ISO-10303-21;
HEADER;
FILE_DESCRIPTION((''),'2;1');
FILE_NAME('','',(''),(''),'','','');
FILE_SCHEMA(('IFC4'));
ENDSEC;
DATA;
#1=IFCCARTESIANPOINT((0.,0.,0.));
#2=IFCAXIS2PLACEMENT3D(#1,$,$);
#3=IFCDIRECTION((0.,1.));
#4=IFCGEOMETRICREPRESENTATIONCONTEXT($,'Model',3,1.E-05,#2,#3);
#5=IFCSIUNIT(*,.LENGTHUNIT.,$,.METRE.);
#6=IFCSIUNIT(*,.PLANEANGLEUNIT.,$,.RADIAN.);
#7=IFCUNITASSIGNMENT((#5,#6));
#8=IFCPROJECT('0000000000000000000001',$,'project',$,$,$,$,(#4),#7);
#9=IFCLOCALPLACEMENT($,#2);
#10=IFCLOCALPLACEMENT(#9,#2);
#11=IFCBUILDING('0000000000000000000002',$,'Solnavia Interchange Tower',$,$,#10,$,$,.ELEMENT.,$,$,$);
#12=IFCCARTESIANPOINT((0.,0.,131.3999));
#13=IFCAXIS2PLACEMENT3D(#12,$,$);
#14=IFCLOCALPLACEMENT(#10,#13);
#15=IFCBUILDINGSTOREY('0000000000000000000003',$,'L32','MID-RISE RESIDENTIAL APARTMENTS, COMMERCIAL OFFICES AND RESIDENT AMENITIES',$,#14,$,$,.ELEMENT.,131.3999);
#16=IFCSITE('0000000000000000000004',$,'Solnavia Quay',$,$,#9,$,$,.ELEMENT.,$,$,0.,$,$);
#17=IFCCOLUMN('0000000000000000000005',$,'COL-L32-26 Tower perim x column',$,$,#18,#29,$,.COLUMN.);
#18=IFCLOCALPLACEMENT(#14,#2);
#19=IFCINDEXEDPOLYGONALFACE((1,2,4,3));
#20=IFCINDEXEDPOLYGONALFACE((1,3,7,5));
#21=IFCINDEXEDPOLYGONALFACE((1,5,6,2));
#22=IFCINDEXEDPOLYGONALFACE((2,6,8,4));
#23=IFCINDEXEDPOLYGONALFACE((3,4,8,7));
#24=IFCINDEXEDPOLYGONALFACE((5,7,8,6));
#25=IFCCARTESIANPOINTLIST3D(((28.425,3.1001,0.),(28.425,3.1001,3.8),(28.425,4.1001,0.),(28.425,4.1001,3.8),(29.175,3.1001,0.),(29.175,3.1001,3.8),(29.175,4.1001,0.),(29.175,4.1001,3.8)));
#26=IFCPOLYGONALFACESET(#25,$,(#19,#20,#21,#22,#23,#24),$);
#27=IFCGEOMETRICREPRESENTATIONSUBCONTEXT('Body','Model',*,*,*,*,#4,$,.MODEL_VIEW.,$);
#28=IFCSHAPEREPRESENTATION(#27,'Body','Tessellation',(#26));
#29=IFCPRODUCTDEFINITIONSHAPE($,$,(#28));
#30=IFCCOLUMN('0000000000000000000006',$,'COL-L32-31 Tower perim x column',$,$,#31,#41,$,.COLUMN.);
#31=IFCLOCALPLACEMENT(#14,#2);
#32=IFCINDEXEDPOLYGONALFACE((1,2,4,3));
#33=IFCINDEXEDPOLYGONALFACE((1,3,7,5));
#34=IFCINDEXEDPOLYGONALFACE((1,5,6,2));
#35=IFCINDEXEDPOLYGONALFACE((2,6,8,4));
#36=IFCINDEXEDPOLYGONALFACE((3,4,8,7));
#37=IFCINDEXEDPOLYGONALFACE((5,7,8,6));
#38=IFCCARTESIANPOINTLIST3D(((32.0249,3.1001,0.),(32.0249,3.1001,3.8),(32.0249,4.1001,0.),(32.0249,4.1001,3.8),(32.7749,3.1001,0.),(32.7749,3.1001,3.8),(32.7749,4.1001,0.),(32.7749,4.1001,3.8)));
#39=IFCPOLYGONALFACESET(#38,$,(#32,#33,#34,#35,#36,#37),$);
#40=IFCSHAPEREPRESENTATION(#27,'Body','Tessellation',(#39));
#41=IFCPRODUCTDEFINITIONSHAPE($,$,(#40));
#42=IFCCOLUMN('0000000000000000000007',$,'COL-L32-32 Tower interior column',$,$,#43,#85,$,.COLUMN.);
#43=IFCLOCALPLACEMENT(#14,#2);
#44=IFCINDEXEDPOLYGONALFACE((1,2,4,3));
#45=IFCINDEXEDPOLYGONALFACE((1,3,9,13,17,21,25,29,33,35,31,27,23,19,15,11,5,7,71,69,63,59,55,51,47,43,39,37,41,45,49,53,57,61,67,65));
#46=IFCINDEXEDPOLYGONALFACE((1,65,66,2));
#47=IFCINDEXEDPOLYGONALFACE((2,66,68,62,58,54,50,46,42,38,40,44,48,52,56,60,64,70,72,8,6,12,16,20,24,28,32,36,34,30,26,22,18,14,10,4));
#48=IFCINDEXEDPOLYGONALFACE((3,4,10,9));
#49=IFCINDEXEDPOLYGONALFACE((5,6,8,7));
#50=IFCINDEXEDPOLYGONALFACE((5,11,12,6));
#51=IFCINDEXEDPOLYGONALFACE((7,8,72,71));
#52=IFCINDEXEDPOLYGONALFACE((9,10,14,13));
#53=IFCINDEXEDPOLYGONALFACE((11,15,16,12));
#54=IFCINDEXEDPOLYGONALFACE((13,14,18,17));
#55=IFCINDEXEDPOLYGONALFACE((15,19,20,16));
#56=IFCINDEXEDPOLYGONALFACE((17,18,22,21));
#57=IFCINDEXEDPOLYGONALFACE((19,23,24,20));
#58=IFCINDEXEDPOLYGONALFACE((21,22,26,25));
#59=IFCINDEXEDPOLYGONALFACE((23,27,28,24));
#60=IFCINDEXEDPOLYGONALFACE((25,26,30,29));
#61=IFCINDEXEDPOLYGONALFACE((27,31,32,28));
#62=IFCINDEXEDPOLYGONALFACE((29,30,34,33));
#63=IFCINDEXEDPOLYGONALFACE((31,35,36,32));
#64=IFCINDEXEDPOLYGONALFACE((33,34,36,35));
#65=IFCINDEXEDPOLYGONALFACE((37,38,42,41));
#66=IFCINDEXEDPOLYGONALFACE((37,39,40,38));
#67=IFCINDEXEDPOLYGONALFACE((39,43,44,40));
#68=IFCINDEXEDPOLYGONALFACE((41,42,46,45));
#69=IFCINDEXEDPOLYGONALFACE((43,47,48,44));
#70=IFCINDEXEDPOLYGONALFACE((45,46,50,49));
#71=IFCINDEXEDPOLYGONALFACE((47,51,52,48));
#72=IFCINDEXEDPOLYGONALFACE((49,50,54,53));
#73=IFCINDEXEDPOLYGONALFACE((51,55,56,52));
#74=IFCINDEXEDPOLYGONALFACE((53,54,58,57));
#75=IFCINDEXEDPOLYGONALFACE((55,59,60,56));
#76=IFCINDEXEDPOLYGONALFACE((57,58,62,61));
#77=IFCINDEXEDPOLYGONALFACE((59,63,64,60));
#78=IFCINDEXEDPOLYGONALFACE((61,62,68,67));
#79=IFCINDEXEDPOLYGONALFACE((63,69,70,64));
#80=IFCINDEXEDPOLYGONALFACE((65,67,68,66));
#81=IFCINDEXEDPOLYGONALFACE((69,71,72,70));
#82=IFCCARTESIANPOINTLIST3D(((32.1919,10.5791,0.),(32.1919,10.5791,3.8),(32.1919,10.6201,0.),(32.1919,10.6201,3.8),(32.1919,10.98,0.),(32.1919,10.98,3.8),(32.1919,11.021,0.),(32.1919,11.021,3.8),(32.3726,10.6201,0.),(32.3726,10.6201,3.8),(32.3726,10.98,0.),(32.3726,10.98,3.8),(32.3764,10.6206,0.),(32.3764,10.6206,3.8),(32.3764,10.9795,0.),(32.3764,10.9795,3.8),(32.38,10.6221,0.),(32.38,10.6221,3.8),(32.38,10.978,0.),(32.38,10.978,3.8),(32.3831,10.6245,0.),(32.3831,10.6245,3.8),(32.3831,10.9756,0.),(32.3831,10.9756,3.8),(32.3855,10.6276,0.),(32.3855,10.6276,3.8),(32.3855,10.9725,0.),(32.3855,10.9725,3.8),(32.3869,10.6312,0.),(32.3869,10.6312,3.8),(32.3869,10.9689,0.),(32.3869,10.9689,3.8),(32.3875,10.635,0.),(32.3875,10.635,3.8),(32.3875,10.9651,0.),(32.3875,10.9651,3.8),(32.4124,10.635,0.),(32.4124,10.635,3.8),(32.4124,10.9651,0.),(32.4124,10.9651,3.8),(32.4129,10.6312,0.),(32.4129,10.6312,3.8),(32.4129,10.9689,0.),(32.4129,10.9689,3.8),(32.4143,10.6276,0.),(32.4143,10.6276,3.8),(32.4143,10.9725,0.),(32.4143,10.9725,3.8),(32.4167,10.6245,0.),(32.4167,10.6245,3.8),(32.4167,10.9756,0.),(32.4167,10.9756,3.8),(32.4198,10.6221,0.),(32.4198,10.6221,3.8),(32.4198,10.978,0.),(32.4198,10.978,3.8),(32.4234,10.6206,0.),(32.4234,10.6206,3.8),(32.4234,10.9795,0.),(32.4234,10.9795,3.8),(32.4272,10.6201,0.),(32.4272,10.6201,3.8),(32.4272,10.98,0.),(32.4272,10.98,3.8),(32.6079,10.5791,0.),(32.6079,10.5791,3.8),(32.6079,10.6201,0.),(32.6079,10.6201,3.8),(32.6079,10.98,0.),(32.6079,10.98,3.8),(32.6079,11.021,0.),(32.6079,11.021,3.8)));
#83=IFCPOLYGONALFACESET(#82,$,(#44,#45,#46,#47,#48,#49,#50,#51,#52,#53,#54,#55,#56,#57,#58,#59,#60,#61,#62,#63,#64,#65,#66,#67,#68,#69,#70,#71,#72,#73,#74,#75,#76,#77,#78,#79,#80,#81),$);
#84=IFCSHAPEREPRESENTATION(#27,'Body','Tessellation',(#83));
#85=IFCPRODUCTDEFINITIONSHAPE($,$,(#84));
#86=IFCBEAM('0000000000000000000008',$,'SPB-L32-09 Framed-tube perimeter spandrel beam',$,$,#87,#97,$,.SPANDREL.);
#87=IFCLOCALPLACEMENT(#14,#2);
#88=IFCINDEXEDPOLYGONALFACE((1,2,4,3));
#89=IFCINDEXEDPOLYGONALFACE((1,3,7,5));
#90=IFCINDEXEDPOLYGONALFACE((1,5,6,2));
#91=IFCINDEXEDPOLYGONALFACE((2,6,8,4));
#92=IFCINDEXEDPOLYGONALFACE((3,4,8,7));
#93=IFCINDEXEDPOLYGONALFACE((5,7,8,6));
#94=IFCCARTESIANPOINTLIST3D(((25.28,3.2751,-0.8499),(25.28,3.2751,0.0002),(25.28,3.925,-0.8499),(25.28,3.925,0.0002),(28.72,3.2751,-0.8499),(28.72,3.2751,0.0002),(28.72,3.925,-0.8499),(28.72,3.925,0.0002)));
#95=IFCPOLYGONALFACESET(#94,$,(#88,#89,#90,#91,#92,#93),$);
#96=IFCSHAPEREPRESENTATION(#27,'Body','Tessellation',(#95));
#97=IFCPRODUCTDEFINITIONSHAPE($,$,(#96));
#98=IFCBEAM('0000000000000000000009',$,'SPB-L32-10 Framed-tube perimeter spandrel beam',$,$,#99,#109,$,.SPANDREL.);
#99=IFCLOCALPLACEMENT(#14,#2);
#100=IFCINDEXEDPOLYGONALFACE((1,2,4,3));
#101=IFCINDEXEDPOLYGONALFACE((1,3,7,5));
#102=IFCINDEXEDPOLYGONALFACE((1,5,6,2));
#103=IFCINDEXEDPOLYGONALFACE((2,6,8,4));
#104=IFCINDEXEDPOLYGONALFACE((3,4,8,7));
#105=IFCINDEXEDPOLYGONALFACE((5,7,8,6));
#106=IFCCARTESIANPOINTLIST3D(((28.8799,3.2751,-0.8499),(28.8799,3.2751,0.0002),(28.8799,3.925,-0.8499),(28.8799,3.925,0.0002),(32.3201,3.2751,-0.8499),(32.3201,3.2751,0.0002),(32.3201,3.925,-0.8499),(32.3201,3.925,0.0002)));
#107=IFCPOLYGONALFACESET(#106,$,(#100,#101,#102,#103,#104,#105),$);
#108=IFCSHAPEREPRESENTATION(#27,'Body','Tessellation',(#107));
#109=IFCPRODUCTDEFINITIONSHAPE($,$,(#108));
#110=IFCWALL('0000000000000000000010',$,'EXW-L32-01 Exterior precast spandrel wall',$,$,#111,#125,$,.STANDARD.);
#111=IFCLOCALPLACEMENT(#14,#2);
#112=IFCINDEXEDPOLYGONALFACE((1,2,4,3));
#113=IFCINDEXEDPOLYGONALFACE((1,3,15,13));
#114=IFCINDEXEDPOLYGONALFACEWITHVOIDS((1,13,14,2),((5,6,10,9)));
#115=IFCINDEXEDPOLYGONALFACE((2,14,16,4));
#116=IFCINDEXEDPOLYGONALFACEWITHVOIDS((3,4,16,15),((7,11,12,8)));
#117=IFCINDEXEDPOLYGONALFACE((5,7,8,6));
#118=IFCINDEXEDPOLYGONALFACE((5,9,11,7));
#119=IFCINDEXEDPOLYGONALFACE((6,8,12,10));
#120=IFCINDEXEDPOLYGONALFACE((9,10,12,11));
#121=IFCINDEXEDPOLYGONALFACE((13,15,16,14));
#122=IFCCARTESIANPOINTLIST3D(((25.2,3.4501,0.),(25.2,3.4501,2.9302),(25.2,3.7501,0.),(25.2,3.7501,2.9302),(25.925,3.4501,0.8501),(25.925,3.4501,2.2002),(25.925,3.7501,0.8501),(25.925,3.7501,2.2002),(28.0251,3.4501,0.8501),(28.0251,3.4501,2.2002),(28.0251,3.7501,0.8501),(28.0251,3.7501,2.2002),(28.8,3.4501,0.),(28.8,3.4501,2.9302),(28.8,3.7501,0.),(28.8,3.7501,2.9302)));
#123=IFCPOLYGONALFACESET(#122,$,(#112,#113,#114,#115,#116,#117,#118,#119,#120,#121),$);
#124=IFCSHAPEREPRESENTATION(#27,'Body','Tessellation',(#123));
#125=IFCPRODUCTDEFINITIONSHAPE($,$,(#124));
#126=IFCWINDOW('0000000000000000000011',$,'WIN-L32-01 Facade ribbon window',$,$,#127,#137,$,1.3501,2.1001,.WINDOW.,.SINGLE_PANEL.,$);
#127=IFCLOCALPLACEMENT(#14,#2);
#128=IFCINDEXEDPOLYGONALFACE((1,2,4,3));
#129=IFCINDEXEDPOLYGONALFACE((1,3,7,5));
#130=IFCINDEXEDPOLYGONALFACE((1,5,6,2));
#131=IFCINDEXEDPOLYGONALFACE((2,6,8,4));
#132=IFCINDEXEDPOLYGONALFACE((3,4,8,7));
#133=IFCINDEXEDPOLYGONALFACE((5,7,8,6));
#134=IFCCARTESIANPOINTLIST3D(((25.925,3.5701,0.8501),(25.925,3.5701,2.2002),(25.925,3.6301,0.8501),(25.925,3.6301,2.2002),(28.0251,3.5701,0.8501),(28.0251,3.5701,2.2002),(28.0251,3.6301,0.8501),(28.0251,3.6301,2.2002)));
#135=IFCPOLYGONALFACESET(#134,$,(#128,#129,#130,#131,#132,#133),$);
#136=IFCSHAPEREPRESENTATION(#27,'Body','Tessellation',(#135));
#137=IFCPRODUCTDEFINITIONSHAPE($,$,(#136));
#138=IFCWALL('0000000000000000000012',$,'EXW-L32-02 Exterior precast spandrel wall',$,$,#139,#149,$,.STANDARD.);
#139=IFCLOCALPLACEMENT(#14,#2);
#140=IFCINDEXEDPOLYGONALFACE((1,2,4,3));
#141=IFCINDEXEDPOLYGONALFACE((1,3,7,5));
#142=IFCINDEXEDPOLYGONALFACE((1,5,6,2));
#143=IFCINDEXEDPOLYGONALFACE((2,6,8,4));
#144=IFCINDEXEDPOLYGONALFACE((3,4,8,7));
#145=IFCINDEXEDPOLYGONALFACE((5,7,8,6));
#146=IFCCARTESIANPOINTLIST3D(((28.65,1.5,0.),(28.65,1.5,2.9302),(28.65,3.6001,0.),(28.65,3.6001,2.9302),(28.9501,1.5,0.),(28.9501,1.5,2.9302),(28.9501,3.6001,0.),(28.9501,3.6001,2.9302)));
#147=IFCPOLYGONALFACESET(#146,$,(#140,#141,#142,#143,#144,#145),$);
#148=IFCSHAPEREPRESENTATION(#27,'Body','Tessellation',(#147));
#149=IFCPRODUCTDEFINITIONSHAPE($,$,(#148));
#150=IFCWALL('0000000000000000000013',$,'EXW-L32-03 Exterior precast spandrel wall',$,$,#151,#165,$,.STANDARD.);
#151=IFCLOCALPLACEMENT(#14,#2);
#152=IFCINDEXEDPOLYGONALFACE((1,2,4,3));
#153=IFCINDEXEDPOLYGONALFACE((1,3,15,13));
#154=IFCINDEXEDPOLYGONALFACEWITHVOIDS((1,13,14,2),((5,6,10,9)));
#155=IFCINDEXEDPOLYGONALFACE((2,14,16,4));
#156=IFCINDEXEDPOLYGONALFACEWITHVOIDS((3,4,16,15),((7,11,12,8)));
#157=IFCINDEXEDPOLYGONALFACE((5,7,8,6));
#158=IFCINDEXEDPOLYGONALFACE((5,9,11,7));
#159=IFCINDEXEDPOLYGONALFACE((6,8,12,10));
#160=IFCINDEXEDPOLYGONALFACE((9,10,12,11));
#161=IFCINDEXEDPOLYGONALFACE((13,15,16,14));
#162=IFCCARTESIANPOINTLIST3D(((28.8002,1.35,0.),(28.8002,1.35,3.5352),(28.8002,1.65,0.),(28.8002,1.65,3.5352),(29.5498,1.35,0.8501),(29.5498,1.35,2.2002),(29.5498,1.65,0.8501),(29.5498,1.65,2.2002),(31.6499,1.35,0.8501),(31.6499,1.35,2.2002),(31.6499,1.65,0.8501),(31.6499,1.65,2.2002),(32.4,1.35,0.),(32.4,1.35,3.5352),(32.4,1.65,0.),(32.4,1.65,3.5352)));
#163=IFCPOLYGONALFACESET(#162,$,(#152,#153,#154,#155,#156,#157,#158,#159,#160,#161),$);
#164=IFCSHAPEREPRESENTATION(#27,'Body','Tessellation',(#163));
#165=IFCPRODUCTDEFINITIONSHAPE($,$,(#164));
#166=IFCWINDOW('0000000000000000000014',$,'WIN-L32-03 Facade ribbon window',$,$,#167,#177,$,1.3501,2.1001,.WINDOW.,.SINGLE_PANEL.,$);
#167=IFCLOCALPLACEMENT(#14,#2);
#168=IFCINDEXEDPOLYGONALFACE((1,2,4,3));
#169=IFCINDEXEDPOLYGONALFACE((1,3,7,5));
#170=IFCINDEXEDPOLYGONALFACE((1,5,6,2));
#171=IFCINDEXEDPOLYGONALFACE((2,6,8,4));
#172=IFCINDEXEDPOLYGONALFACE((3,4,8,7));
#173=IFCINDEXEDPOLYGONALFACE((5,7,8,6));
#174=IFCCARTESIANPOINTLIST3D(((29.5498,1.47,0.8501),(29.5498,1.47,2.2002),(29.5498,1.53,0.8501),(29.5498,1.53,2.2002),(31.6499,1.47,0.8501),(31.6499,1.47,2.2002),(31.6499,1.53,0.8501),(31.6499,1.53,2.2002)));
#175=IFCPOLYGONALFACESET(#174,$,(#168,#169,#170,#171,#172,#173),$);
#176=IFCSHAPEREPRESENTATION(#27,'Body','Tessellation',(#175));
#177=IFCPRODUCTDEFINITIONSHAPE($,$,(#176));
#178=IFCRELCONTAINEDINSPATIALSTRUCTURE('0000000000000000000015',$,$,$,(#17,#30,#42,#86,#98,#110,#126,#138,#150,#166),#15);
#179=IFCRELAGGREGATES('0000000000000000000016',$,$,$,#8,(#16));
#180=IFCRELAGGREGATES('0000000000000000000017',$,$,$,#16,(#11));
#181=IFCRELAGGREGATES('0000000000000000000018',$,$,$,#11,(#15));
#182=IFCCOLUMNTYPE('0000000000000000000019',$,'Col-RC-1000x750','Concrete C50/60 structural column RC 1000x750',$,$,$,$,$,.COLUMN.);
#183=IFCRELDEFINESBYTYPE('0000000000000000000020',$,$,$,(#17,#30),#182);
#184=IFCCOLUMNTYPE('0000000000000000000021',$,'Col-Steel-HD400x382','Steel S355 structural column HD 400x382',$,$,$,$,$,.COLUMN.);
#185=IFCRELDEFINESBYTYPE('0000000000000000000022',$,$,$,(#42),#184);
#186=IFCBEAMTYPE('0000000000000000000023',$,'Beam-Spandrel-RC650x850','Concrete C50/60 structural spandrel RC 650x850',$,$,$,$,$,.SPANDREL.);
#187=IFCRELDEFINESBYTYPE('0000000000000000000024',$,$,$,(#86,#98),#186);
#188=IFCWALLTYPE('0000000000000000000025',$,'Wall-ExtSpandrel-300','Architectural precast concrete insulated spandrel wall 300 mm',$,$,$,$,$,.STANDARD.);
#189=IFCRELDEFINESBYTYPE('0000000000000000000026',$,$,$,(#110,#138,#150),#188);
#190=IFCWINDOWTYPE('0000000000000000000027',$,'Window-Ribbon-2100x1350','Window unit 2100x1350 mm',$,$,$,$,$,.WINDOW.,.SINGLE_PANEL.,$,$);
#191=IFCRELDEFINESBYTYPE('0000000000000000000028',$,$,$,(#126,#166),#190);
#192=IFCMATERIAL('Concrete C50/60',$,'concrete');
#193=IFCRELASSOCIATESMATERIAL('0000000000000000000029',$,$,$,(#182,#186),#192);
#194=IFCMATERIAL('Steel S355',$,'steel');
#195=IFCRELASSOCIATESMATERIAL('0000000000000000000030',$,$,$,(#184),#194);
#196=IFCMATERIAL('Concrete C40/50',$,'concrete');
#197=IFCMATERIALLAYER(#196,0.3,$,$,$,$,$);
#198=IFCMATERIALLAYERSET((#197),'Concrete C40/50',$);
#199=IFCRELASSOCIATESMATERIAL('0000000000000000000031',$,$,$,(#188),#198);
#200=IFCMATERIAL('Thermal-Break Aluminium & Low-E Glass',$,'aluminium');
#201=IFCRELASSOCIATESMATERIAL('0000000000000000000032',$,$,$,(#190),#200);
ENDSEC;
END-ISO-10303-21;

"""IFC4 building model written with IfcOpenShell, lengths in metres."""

from ifc_helpers import new_model, si_unit, direction, frame, frame_2d, origin, origin_2d, place, context, subcontext, project, spatial, rectangle, i_section, extrude, material, layer, layer_set, material_profile, profile_set, type_object, element, fill, save


model = new_model("IFC4")

# Units and contexts
model_context = context("Model", 3, precision=1e-05, world=origin(), true_north=direction((0.0, 1.0)))
body_context = subcontext(model_context, "Body", "Model", "MODEL_VIEW")
ifc_project = project(units=[si_unit("LENGTHUNIT", "METRE"), si_unit("PLANEANGLEUNIT", "RADIAN")], contexts=[model_context])

# Site, building, storey
site_placement = place(None, origin())
site = spatial("IfcSite", under=ifc_project, at=site_placement, Name="Solnavia Quay", CompositionType="ELEMENT", RefElevation=0.0)
building_placement = place(site_placement, origin())
building = spatial("IfcBuilding", under=site, at=building_placement, Name="Solnavia Interchange Tower", CompositionType="ELEMENT")
storey_placement = place(building_placement, frame((0.0, 0.0, 131.3999)))
storey = spatial("IfcBuildingStorey", under=building, at=storey_placement, Name="L32", Description="MID-RISE RESIDENTIAL APARTMENTS, COMMERCIAL OFFICES AND RESIDENT AMENITIES", CompositionType="ELEMENT", Elevation=131.3999)

# Columns
ifc_material_1 = material(Name="Concrete C50/60", Category="concrete")
ifc_material_profile_1 = material_profile(ifc_material_1, rectangle(XDim=0.75, YDim=1.0, at=origin_2d()), Name="RC 1000x750")
ifc_profile_set_1 = profile_set([ifc_material_profile_1], Name="Concrete C50/60")
column_type_1 = type_object("IfcColumnType", Name="Col-RC-1000x750", Description="Concrete C50/60 structural column RC 1000x750", PredefinedType="COLUMN", material=ifc_profile_set_1)
for number, where, z_axis, x_axis, name in (
    (1, (28.8, 3.6001, 0.0), (0.0, 0.0, 1.0), (1.0, 0.0, 0.0), "COL-L32-26 Tower perim x column"),
    (2, (32.3999, 3.6001, 0.0), (0.0, 0.0, 1.0), (1.0, 0.0, 0.0), "COL-L32-31 Tower perim x column"),
):
    element("IfcColumn", number, at=place(storey_placement, frame(where, z_axis=z_axis, x_axis=x_axis)), inside=storey, type_object=column_type_1, Name=name, PredefinedType="COLUMN", context=body_context, shape_type="SweptSolid", body=[
        extrude(rectangle(XDim=0.75, YDim=1.0, at=origin_2d()), origin(), (0.0, 0.0, 1.0), 3.8),
    ])
ifc_material_2 = material(Name="Steel S355", Category="steel")
ifc_material_profile_2 = material_profile(ifc_material_2, i_section(OverallWidth=0.416, OverallDepth=0.4419, WebThickness=0.0249, FlangeThickness=0.041, FilletRadius=0.0149, at=origin_2d()), Name="HD 400x382")
ifc_profile_set_2 = profile_set([ifc_material_profile_2], Name="Steel S355")
column_type_2 = type_object("IfcColumnType", Name="Col-Steel-HD400x382", Description="Steel S355 structural column HD 400x382", PredefinedType="COLUMN", material=ifc_profile_set_2)
column_placement = place(storey_placement, frame((32.3999, 10.8, 0.0), z_axis=(0.0, 0.0, 1.0), x_axis=(1.0, 0.0, 0.0)))
element("IfcColumn", 3, at=column_placement, inside=storey, type_object=column_type_2, Name="COL-L32-32 Tower interior column", PredefinedType="COLUMN", context=body_context, shape_type="SweptSolid", body=[
    extrude(i_section(OverallWidth=0.416, OverallDepth=0.4419, WebThickness=0.0249, FlangeThickness=0.041, FilletRadius=0.0149, at=origin_2d()), origin(), (0.0, 0.0, 1.0), 3.8),
])

# Beams
ifc_material_profile_3 = material_profile(ifc_material_1, rectangle(XDim=0.6499, YDim=0.8501, at=origin_2d()), Name="RC 650x850")
ifc_profile_set_3 = profile_set([ifc_material_profile_3], Name="Concrete C50/60")
beam_type = type_object("IfcBeamType", Name="Beam-Spandrel-RC650x850", Description="Concrete C50/60 structural spandrel RC 650x850", PredefinedType="SPANDREL", material=ifc_profile_set_3)
beam_1_placement = place(storey_placement, frame((25.28, 3.6001, -0.4248), z_axis=(1.0, 0.0, 0.0), x_axis=(0.0, 1.0, 0.0)))
element("IfcBeam", 4, at=beam_1_placement, inside=storey, type_object=beam_type, Name="SPB-L32-09 Framed-tube perimeter spandrel beam", PredefinedType="SPANDREL", context=body_context, shape_type="SweptSolid", body=[
    extrude(rectangle(XDim=0.6499, YDim=0.8501, at=origin_2d()), origin(), (0.0, 0.0, 1.0), 3.4399),
])
beam_2_placement = place(storey_placement, frame((28.8799, 3.6001, -0.4248), z_axis=(1.0, 0.0, 0.0), x_axis=(0.0, 1.0, 0.0)))
element("IfcBeam", 5, at=beam_2_placement, inside=storey, type_object=beam_type, Name="SPB-L32-10 Framed-tube perimeter spandrel beam", PredefinedType="SPANDREL", context=body_context, shape_type="SweptSolid", body=[
    extrude(rectangle(XDim=0.6499, YDim=0.8501, at=origin_2d()), origin(), (0.0, 0.0, 1.0), 3.4402),
])

# Wall, opening, window
ifc_material_3 = material(Name="Concrete C40/50", Category="concrete")
ifc_layer_1 = layer(ifc_material_3, 0.3)
ifc_layer_set_1 = layer_set([ifc_layer_1], Name="Concrete C40/50")
wall_type_1 = type_object("IfcWallType", Name="Wall-ExtSpandrel-300", Description="Architectural precast concrete insulated spandrel wall 300 mm", PredefinedType="STANDARD", material=ifc_layer_set_1)
wall_1_placement = place(storey_placement, frame((28.8, 3.6001, 0.0), z_axis=(0.0, 0.0, 1.0), x_axis=(-1.0, 0.0, 0.0)))
wall_1 = element("IfcWall", 6, at=wall_1_placement, inside=storey, type_object=wall_type_1, Name="EXW-L32-01 Exterior precast spandrel wall", PredefinedType="STANDARD", context=body_context, shape_type="SweptSolid", body=[
    extrude(rectangle(XDim=3.6001, YDim=0.3, at=frame_2d((1.8, 0.0))), origin(), (0.0, 0.0, 1.0), 2.9302),
])
opening_1_placement = place(wall_1_placement, frame((0.7749, 0.0, 0.8501)))
opening_1 = element("IfcOpeningElement", 7, at=opening_1_placement, cuts=wall_1, PredefinedType="OPENING", context=body_context, shape_type="SweptSolid", body=[
    extrude(rectangle(XDim=2.1001, YDim=1.3501, at=frame_2d((1.05, 0.675))), frame((0.0, 0.1602, 0.0), z_axis=(0.0, -1.0, 0.0), x_axis=(1.0, 0.0, 0.0)), (0.0, 0.0, 1.0), 0.3201),
])
ifc_material_4 = material(Name="Thermal-Break Aluminium & Low-E Glass", Category="aluminium")
window_type_1 = type_object("IfcWindowType", Name="Window-Ribbon-2100x1350", Description="Window unit 2100x1350 mm", PartitioningType="SINGLE_PANEL", PredefinedType="WINDOW", material=ifc_material_4)
window_1_placement = place(opening_1_placement, origin())
window_1 = element("IfcWindow", 8, at=window_1_placement, inside=storey, type_object=window_type_1, Name="WIN-L32-01 Facade ribbon window", OverallHeight=1.3501, OverallWidth=2.1001, PartitioningType="SINGLE_PANEL", PredefinedType="WINDOW", context=body_context, shape_type="SweptSolid", body=[
    extrude(rectangle(XDim=2.1001, YDim=1.3501, at=frame_2d((1.05, 0.675))), frame((0.0, 0.03, 0.0), z_axis=(0.0, -1.0, 0.0), x_axis=(1.0, 0.0, 0.0)), (0.0, 0.0, 1.0), 0.0601),
])
fill(opening_1, window_1)

# Wall
wall_2_placement = place(storey_placement, frame((28.8, 3.6001, 0.0), z_axis=(0.0, 0.0, 1.0), x_axis=(0.0, -1.0, 0.0)))
element("IfcWall", 9, at=wall_2_placement, inside=storey, type_object=wall_type_1, Name="EXW-L32-02 Exterior precast spandrel wall", PredefinedType="STANDARD", context=body_context, shape_type="SweptSolid", body=[
    extrude(rectangle(XDim=2.1001, YDim=0.3, at=frame_2d((1.05, 0.0))), origin(), (0.0, 0.0, 1.0), 2.9302),
])

# Wall, opening, window
wall_3_placement = place(storey_placement, frame((32.3999, 1.5, 0.0), z_axis=(0.0, 0.0, 1.0), x_axis=(-1.0, 0.0, 0.0)))
wall_3 = element("IfcWall", 10, at=wall_3_placement, inside=storey, type_object=wall_type_1, Name="EXW-L32-03 Exterior precast spandrel wall", PredefinedType="STANDARD", context=body_context, shape_type="SweptSolid", body=[
    extrude(rectangle(XDim=3.5999, YDim=0.3, at=frame_2d((1.7998, 0.0))), origin(), (0.0, 0.0, 1.0), 3.5352),
])
opening_2_placement = place(wall_3_placement, frame((0.75, 0.0, 0.8501)))
opening_2 = element("IfcOpeningElement", 11, at=opening_2_placement, cuts=wall_3, PredefinedType="OPENING", context=body_context, shape_type="SweptSolid", body=[
    extrude(rectangle(XDim=2.1001, YDim=1.3501, at=frame_2d((1.05, 0.675))), frame((0.0, 0.1602, 0.0), z_axis=(0.0, -1.0, 0.0), x_axis=(1.0, 0.0, 0.0)), (0.0, 0.0, 1.0), 0.3201),
])
window_2_placement = place(opening_2_placement, origin())
window_2 = element("IfcWindow", 12, at=window_2_placement, inside=storey, type_object=window_type_1, Name="WIN-L32-03 Facade ribbon window", OverallHeight=1.3501, OverallWidth=2.1001, PartitioningType="SINGLE_PANEL", PredefinedType="WINDOW", context=body_context, shape_type="SweptSolid", body=[
    extrude(rectangle(XDim=2.1001, YDim=1.3501, at=frame_2d((1.05, 0.675))), frame((0.0, 0.03, 0.0), z_axis=(0.0, -1.0, 0.0), x_axis=(1.0, 0.0, 0.0)), (0.0, 0.0, 1.0), 0.0601),
])
fill(opening_2, window_2)

save(model, "model.ifc")
